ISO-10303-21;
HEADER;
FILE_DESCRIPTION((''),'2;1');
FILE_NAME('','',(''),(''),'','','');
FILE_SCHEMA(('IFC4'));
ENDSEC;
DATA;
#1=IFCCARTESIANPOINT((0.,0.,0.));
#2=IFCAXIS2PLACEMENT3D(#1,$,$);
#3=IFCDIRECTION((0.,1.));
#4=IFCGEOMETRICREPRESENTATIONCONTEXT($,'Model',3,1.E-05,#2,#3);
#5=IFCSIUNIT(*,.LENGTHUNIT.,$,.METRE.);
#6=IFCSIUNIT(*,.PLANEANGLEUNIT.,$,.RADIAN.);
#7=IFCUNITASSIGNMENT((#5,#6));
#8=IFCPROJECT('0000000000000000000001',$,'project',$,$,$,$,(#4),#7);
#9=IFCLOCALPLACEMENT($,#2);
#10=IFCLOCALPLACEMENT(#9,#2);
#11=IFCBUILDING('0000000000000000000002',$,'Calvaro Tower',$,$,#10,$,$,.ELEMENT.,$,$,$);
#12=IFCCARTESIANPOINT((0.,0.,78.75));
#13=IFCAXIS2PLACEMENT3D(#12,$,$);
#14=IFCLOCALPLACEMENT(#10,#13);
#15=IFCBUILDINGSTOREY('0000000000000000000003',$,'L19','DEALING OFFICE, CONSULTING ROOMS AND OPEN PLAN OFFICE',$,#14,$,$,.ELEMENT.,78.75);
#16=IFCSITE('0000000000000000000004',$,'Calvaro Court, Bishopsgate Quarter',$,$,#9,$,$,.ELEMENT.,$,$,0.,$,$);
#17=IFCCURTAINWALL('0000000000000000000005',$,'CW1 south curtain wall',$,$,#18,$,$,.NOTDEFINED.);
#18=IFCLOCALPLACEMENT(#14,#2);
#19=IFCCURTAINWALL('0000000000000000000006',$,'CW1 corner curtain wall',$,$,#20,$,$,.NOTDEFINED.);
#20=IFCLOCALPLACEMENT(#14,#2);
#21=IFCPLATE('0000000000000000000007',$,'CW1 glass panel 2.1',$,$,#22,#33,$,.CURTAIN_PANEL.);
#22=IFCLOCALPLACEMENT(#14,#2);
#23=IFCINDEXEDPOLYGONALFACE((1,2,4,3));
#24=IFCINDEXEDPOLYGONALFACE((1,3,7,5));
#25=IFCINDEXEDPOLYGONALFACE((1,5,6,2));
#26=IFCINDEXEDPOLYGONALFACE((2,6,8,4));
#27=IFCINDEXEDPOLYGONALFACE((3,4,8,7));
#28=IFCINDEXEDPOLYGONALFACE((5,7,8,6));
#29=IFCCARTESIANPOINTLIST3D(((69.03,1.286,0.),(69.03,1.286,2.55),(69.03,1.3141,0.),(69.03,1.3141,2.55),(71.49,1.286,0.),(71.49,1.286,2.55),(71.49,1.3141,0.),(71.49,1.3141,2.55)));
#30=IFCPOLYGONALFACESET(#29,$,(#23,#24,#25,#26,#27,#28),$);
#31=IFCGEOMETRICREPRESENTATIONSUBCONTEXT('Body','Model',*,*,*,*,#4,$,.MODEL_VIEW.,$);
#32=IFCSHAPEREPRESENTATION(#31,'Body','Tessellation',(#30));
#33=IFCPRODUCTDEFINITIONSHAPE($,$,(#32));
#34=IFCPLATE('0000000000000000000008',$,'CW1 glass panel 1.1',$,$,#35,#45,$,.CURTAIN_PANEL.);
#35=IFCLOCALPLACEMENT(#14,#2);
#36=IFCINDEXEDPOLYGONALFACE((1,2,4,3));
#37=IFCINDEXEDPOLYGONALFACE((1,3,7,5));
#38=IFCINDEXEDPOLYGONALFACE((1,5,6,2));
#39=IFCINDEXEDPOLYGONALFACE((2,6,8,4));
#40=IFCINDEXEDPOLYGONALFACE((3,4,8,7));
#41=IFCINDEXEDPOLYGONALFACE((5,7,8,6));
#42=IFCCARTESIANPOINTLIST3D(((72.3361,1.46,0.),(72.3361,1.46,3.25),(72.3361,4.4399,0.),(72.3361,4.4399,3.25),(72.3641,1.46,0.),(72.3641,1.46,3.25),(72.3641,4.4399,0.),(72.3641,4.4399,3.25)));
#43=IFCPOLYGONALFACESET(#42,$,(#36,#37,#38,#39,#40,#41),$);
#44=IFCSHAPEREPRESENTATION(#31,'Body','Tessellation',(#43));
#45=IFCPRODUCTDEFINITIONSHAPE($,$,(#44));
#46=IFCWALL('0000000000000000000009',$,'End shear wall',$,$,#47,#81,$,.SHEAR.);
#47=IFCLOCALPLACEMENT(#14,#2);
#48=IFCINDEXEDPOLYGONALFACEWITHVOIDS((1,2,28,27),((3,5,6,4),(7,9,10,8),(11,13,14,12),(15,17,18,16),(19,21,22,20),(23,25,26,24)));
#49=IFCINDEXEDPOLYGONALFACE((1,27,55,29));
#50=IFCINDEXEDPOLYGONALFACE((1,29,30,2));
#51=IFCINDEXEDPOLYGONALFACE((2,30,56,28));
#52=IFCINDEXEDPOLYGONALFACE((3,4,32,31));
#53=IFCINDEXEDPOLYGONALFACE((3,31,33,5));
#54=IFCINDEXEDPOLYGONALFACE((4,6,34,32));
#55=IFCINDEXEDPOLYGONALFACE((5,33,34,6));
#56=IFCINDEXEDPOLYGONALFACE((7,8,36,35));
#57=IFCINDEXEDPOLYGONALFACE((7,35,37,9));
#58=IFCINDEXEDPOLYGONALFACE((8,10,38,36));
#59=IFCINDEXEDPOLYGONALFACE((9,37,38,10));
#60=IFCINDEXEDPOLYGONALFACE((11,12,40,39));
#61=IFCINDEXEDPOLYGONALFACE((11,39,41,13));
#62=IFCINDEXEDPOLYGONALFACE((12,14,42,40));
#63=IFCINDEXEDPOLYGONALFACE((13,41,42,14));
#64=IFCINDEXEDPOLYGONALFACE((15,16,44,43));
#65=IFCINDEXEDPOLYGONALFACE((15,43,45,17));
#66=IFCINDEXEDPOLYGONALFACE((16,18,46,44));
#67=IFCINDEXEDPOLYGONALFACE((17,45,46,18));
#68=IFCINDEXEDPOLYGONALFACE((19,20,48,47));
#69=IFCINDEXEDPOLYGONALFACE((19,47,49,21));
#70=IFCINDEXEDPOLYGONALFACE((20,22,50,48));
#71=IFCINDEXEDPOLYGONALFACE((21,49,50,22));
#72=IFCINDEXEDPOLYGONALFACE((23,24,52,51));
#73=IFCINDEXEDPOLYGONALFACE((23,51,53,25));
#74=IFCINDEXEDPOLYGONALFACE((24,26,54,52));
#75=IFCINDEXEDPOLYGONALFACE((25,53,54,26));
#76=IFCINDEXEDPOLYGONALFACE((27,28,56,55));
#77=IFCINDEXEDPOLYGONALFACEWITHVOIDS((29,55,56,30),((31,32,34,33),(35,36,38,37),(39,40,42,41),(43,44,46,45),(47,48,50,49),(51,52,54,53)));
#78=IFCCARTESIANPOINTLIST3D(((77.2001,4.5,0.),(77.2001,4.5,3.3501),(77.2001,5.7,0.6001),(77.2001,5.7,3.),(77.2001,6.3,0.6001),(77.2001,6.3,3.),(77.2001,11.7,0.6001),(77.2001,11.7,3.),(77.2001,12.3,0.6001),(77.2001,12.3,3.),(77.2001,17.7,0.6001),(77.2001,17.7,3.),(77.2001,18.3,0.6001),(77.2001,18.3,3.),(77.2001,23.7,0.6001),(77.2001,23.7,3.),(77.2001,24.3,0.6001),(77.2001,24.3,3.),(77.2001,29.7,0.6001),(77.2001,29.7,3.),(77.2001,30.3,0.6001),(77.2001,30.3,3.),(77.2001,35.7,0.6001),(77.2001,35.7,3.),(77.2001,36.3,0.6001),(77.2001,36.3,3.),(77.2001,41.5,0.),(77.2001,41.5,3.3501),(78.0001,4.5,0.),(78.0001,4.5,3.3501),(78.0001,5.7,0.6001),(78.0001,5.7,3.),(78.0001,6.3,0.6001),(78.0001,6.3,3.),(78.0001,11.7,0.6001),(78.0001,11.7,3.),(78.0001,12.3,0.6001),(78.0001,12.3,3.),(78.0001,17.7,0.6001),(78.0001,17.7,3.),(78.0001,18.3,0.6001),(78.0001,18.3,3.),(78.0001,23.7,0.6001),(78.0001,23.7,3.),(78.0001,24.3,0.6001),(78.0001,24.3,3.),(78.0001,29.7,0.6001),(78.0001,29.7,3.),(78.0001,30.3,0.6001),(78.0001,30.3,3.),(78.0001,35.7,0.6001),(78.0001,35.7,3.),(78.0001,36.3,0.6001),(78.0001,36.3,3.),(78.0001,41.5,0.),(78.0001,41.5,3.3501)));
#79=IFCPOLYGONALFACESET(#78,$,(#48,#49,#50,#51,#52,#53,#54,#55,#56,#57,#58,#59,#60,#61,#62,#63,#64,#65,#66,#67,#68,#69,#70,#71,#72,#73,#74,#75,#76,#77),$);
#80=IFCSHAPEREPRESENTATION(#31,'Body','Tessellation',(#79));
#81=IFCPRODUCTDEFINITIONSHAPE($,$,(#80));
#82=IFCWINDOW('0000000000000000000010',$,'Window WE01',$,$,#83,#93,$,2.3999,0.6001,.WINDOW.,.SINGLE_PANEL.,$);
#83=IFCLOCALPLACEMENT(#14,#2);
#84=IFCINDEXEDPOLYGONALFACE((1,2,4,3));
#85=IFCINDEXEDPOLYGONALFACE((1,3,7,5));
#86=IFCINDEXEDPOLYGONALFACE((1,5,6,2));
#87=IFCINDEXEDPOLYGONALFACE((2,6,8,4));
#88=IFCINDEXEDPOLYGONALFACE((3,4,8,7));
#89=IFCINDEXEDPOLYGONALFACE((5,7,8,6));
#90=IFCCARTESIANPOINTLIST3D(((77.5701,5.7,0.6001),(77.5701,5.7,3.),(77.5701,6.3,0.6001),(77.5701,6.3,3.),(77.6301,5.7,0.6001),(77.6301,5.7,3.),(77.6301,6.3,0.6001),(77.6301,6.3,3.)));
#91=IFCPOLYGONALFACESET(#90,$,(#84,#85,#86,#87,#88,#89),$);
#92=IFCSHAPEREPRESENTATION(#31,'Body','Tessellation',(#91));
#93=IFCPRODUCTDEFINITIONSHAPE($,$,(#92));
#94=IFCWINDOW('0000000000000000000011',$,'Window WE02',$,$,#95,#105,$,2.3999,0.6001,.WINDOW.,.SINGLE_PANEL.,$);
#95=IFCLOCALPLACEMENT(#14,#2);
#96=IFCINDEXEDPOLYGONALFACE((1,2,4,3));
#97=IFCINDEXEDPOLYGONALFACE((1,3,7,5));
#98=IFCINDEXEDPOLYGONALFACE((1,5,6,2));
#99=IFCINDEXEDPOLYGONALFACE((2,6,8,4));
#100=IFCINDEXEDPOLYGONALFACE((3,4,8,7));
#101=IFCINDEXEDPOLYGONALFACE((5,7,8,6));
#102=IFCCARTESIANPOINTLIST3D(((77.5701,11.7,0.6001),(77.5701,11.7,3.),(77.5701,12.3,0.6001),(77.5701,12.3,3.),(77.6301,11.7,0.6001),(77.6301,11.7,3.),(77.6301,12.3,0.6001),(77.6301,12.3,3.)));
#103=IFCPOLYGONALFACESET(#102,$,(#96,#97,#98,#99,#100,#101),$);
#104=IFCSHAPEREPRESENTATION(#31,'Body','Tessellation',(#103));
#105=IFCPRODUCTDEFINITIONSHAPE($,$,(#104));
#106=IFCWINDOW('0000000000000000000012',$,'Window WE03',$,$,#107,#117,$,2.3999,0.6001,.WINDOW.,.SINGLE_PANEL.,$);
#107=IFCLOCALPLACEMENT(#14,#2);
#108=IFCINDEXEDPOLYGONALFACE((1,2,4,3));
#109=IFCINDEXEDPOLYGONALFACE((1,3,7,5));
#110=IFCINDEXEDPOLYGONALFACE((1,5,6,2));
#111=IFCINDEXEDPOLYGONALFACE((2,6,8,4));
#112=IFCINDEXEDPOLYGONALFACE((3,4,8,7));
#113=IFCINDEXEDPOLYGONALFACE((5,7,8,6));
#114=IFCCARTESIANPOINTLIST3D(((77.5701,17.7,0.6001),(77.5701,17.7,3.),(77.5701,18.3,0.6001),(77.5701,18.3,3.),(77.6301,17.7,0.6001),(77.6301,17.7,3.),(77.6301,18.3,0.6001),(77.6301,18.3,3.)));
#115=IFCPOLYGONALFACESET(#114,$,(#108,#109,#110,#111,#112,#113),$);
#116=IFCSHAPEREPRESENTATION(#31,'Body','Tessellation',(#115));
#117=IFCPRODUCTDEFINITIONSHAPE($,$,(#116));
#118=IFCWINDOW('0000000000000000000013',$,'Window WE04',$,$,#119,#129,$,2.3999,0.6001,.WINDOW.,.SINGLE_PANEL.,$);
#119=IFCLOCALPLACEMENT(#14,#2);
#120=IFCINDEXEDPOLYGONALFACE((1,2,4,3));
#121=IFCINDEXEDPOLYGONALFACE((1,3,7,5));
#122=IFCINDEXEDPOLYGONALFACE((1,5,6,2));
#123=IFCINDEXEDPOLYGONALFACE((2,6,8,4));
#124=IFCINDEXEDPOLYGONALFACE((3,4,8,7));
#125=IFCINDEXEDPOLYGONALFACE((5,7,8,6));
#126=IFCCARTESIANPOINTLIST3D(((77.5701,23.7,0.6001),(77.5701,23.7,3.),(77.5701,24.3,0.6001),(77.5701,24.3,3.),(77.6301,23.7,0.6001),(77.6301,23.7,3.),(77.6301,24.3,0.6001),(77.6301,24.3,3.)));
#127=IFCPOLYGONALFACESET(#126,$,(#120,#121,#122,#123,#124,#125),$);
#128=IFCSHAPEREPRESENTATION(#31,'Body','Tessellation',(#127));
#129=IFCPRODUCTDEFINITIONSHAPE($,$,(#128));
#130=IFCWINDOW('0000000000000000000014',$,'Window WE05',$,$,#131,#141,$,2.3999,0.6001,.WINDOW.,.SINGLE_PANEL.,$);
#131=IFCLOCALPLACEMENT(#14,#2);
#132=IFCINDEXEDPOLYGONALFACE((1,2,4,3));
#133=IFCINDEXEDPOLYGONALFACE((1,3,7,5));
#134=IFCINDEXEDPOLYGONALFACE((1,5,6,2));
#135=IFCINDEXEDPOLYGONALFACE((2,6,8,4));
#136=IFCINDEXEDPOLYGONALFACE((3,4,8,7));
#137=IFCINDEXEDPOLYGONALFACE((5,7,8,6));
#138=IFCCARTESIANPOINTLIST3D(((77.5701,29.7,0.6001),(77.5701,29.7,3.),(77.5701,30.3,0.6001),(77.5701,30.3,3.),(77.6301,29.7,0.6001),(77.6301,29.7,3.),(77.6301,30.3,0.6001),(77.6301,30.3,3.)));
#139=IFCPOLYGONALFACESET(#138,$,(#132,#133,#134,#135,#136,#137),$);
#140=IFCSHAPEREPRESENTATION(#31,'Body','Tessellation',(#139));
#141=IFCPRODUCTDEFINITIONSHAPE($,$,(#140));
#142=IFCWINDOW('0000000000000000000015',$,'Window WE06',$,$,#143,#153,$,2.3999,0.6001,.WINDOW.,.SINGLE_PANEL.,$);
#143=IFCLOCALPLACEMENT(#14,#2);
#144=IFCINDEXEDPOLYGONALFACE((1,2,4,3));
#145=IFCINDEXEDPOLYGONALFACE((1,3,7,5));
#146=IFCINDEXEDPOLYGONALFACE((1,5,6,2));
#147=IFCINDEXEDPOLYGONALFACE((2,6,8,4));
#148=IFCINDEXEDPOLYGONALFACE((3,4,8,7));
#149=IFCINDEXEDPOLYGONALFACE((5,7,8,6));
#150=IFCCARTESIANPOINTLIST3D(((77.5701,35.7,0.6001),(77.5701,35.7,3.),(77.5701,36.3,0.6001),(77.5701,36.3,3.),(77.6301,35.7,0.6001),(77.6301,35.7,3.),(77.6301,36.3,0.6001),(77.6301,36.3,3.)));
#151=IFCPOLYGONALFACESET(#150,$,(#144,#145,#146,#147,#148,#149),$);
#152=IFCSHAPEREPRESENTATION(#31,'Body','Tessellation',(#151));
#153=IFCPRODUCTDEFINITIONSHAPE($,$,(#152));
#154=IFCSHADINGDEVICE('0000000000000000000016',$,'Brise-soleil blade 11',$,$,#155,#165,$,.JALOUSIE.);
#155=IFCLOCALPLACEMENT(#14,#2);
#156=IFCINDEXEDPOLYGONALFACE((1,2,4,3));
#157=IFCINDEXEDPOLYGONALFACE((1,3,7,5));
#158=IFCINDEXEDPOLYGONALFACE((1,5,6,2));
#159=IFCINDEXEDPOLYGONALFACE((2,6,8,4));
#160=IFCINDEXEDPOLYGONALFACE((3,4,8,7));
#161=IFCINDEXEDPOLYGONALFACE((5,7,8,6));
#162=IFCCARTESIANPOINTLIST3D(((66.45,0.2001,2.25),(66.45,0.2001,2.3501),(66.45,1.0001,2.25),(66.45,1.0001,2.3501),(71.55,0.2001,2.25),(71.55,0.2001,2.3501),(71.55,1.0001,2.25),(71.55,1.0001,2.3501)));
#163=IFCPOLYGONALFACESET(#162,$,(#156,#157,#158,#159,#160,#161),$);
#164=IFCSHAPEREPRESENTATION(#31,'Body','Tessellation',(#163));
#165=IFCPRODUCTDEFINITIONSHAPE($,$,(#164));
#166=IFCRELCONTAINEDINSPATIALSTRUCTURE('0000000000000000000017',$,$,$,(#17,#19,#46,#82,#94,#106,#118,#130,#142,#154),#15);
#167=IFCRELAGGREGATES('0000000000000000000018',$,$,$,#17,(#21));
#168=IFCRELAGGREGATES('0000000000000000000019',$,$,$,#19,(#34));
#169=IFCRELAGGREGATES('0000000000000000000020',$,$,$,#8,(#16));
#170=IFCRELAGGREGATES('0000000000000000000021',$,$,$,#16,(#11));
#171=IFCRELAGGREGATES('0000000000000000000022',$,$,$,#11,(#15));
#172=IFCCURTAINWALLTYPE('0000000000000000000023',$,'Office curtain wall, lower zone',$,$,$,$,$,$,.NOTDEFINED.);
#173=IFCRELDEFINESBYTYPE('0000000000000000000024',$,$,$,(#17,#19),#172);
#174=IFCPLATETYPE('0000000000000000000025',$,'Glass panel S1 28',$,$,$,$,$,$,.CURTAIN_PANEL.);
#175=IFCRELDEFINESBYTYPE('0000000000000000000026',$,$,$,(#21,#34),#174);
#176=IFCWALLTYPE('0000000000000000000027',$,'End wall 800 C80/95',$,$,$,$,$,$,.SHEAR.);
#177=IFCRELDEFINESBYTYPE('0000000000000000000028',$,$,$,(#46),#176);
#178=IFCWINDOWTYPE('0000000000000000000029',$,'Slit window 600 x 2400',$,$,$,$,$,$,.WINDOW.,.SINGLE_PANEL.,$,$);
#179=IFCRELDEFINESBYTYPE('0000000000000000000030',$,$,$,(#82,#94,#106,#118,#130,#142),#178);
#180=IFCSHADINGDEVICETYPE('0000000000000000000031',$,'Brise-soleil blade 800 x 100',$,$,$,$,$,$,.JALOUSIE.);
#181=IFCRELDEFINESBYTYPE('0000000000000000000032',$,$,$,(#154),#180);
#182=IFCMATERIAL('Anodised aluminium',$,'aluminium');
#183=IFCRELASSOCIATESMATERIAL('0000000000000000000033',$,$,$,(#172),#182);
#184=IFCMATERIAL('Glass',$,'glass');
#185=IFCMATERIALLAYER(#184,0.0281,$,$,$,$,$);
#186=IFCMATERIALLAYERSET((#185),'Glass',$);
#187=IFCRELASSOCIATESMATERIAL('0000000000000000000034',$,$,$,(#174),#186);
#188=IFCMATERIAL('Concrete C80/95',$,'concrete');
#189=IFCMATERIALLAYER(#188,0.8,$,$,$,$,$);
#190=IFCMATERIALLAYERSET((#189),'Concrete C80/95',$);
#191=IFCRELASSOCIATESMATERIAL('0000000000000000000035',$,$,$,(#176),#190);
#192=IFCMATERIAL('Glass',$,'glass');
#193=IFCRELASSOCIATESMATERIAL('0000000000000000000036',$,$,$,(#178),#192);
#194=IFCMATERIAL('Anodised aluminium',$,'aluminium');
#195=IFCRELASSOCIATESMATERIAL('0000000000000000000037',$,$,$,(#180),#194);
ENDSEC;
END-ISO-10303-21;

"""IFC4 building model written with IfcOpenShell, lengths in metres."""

from ifc_helpers import new_model, si_unit, direction, frame, frame_2d, origin, origin_2d, place, context, subcontext, project, spatial, rectangle, extrude, material, layer, layer_set, material_profile, profile_set, type_object, element, fill, aggregate, save


model = new_model("IFC4")

# Units and contexts
model_context = context("Model", 3, precision=1e-05, world=origin(), true_north=direction((0.0, 1.0)))
body_context = subcontext(model_context, "Body", "Model", "MODEL_VIEW")
ifc_project = project(units=[si_unit("LENGTHUNIT", "METRE"), si_unit("PLANEANGLEUNIT", "RADIAN")], contexts=[model_context])

# Site, building, storey
site_placement = place(None, origin())
site = spatial("IfcSite", under=ifc_project, at=site_placement, Name="Calvaro Court, Bishopsgate Quarter", CompositionType="ELEMENT", RefElevation=0.0)
building_placement = place(site_placement, origin())
building = spatial("IfcBuilding", under=site, at=building_placement, Name="Calvaro Tower", CompositionType="ELEMENT")
storey_placement = place(building_placement, frame((0.0, 0.0, 78.75)))
storey = spatial("IfcBuildingStorey", under=building, at=storey_placement, Name="L19", Description="DEALING OFFICE, CONSULTING ROOMS AND OPEN PLAN OFFICE", CompositionType="ELEMENT", Elevation=78.75)

# Shared definitions
ifc_material_1 = material(Name="Anodised aluminium", Category="aluminium")
curtain_wall_type = type_object("IfcCurtainWallType", Name="Office curtain wall, lower zone", PredefinedType="NOTDEFINED", material=ifc_material_1)

# Curtain walls
curtain_wall_1_placement = place(storey_placement, origin())
curtain_wall_1 = element("IfcCurtainWall", 1, at=curtain_wall_1_placement, inside=storey, type_object=curtain_wall_type, Name="CW1 south curtain wall", PredefinedType="NOTDEFINED")
curtain_wall_2_placement = place(storey_placement, origin())
curtain_wall_2 = element("IfcCurtainWall", 2, at=curtain_wall_2_placement, inside=storey, type_object=curtain_wall_type, Name="CW1 corner curtain wall", PredefinedType="NOTDEFINED")

# Plates
ifc_material_2 = material(Name="Glass", Category="glass")
ifc_layer_1 = layer(ifc_material_2, 0.0281)
ifc_layer_set_1 = layer_set([ifc_layer_1], Name="Glass")
plate_type = type_object("IfcPlateType", Name="Glass panel S1 28", PredefinedType="CURTAIN_PANEL", material=ifc_layer_set_1)
plate_1_placement = place(storey_placement, frame((70.26, 1.3, 0.0), z_axis=(0.0, 0.0, 1.0), x_axis=(1.0, 0.0, 0.0)))
plate_1 = element("IfcPlate", 3, at=plate_1_placement, type_object=plate_type, Name="CW1 glass panel 2.1", PredefinedType="CURTAIN_PANEL", context=body_context, shape_type="SweptSolid", body=[
    extrude(rectangle(XDim=2.46, YDim=0.0281, at=origin_2d()), origin(), (0.0, 0.0, 1.0), 2.55),
])
aggregate(curtain_wall_1, [plate_1])
plate_2_placement = place(storey_placement, frame((72.3501, 2.95, 0.0), z_axis=(0.0, 0.0, 1.0), x_axis=(0.0, 1.0, 0.0)))
plate_2 = element("IfcPlate", 4, at=plate_2_placement, type_object=plate_type, Name="CW1 glass panel 1.1", PredefinedType="CURTAIN_PANEL", context=body_context, shape_type="SweptSolid", body=[
    extrude(rectangle(XDim=2.98, YDim=0.0281, at=origin_2d()), origin(), (0.0, 0.0, 1.0), 3.25),
])
aggregate(curtain_wall_2, [plate_2])

# Wall, openings, windows
ifc_material_3 = material(Name="Concrete C80/95", Category="concrete")
ifc_layer_2 = layer(ifc_material_3, 0.8)
ifc_layer_set_2 = layer_set([ifc_layer_2], Name="Concrete C80/95")
wall_type = type_object("IfcWallType", Name="End wall 800 C80/95", PredefinedType="SHEAR", material=ifc_layer_set_2)
wall_placement = place(storey_placement, frame((77.6001, 4.5, 0.0), z_axis=(0.0, 0.0, 1.0), x_axis=(0.0, 1.0, 0.0)))
wall = element("IfcWall", 5, at=wall_placement, inside=storey, type_object=wall_type, Name="End shear wall", PredefinedType="SHEAR", context=body_context, shape_type="SweptSolid", body=[
    extrude(rectangle(XDim=37.0, YDim=0.8, at=frame_2d((18.5, 0.0))), origin(), (0.0, 0.0, 1.0), 3.3501),
])
opening_1_placement = place(wall_placement, frame((1.2, 0.0, 0.6001)))
opening_1 = element("IfcOpeningElement", 6, at=opening_1_placement, cuts=wall, PredefinedType="OPENING", context=body_context, shape_type="SweptSolid", body=[
    extrude(rectangle(XDim=0.6001, YDim=2.3999, at=frame_2d((0.3, 1.2))), frame((0.0, 0.4099, 0.0), z_axis=(0.0, -1.0, 0.0), x_axis=(1.0, 0.0, 0.0)), (0.0, 0.0, 1.0), 0.8201),
])
opening_2_placement = place(wall_placement, frame((7.2, 0.0, 0.6001)))
opening_2 = element("IfcOpeningElement", 7, at=opening_2_placement, cuts=wall, PredefinedType="OPENING", context=body_context, shape_type="SweptSolid", body=[
    extrude(rectangle(XDim=0.6001, YDim=2.3999, at=frame_2d((0.3, 1.2))), frame((0.0, 0.4099, 0.0), z_axis=(0.0, -1.0, 0.0), x_axis=(1.0, 0.0, 0.0)), (0.0, 0.0, 1.0), 0.8201),
])
opening_3_placement = place(wall_placement, frame((13.2, 0.0, 0.6001)))
opening_3 = element("IfcOpeningElement", 8, at=opening_3_placement, cuts=wall, PredefinedType="OPENING", context=body_context, shape_type="SweptSolid", body=[
    extrude(rectangle(XDim=0.6001, YDim=2.3999, at=frame_2d((0.3, 1.2))), frame((0.0, 0.4099, 0.0), z_axis=(0.0, -1.0, 0.0), x_axis=(1.0, 0.0, 0.0)), (0.0, 0.0, 1.0), 0.8201),
])
opening_4_placement = place(wall_placement, frame((19.2, 0.0, 0.6001)))
opening_4 = element("IfcOpeningElement", 9, at=opening_4_placement, cuts=wall, PredefinedType="OPENING", context=body_context, shape_type="SweptSolid", body=[
    extrude(rectangle(XDim=0.6001, YDim=2.3999, at=frame_2d((0.3, 1.2))), frame((0.0, 0.4099, 0.0), z_axis=(0.0, -1.0, 0.0), x_axis=(1.0, 0.0, 0.0)), (0.0, 0.0, 1.0), 0.8201),
])
opening_5_placement = place(wall_placement, frame((25.2, 0.0, 0.6001)))
opening_5 = element("IfcOpeningElement", 10, at=opening_5_placement, cuts=wall, PredefinedType="OPENING", context=body_context, shape_type="SweptSolid", body=[
    extrude(rectangle(XDim=0.6001, YDim=2.3999, at=frame_2d((0.3, 1.2))), frame((0.0, 0.4099, 0.0), z_axis=(0.0, -1.0, 0.0), x_axis=(1.0, 0.0, 0.0)), (0.0, 0.0, 1.0), 0.8201),
])
opening_6_placement = place(wall_placement, frame((31.2, 0.0, 0.6001)))
opening_6 = element("IfcOpeningElement", 11, at=opening_6_placement, cuts=wall, PredefinedType="OPENING", context=body_context, shape_type="SweptSolid", body=[
    extrude(rectangle(XDim=0.6001, YDim=2.3999, at=frame_2d((0.3, 1.2))), frame((0.0, 0.4099, 0.0), z_axis=(0.0, -1.0, 0.0), x_axis=(1.0, 0.0, 0.0)), (0.0, 0.0, 1.0), 0.8201),
])
ifc_material_4 = material(Name="Glass", Category="glass")
window_type = type_object("IfcWindowType", Name="Slit window 600 x 2400", PartitioningType="SINGLE_PANEL", PredefinedType="WINDOW", material=ifc_material_4)
window_1_placement = place(opening_1_placement, origin())
window_1 = element("IfcWindow", 12, at=window_1_placement, inside=storey, type_object=window_type, Name="Window WE01", OverallHeight=2.3999, OverallWidth=0.6001, PartitioningType="SINGLE_PANEL", PredefinedType="WINDOW", context=body_context, shape_type="SweptSolid", body=[
    extrude(rectangle(XDim=0.6001, YDim=2.3999, at=frame_2d((0.3, 1.2))), frame((0.0, 0.03, 0.0), z_axis=(0.0, -1.0, 0.0), x_axis=(1.0, 0.0, 0.0)), (0.0, 0.0, 1.0), 0.0601),
])
fill(opening_1, window_1)
window_2_placement = place(opening_2_placement, origin())
window_2 = element("IfcWindow", 13, at=window_2_placement, inside=storey, type_object=window_type, Name="Window WE02", OverallHeight=2.3999, OverallWidth=0.6001, PartitioningType="SINGLE_PANEL", PredefinedType="WINDOW", context=body_context, shape_type="SweptSolid", body=[
    extrude(rectangle(XDim=0.6001, YDim=2.3999, at=frame_2d((0.3, 1.2))), frame((0.0, 0.03, 0.0), z_axis=(0.0, -1.0, 0.0), x_axis=(1.0, 0.0, 0.0)), (0.0, 0.0, 1.0), 0.0601),
])
fill(opening_2, window_2)
window_3_placement = place(opening_3_placement, origin())
window_3 = element("IfcWindow", 14, at=window_3_placement, inside=storey, type_object=window_type, Name="Window WE03", OverallHeight=2.3999, OverallWidth=0.6001, PartitioningType="SINGLE_PANEL", PredefinedType="WINDOW", context=body_context, shape_type="SweptSolid", body=[
    extrude(rectangle(XDim=0.6001, YDim=2.3999, at=frame_2d((0.3, 1.2))), frame((0.0, 0.03, 0.0), z_axis=(0.0, -1.0, 0.0), x_axis=(1.0, 0.0, 0.0)), (0.0, 0.0, 1.0), 0.0601),
])
fill(opening_3, window_3)
window_4_placement = place(opening_4_placement, origin())
window_4 = element("IfcWindow", 15, at=window_4_placement, inside=storey, type_object=window_type, Name="Window WE04", OverallHeight=2.3999, OverallWidth=0.6001, PartitioningType="SINGLE_PANEL", PredefinedType="WINDOW", context=body_context, shape_type="SweptSolid", body=[
    extrude(rectangle(XDim=0.6001, YDim=2.3999, at=frame_2d((0.3, 1.2))), frame((0.0, 0.03, 0.0), z_axis=(0.0, -1.0, 0.0), x_axis=(1.0, 0.0, 0.0)), (0.0, 0.0, 1.0), 0.0601),
])
fill(opening_4, window_4)
window_5_placement = place(opening_5_placement, origin())
window_5 = element("IfcWindow", 16, at=window_5_placement, inside=storey, type_object=window_type, Name="Window WE05", OverallHeight=2.3999, OverallWidth=0.6001, PartitioningType="SINGLE_PANEL", PredefinedType="WINDOW", context=body_context, shape_type="SweptSolid", body=[
    extrude(rectangle(XDim=0.6001, YDim=2.3999, at=frame_2d((0.3, 1.2))), frame((0.0, 0.03, 0.0), z_axis=(0.0, -1.0, 0.0), x_axis=(1.0, 0.0, 0.0)), (0.0, 0.0, 1.0), 0.0601),
])
fill(opening_5, window_5)
window_6_placement = place(opening_6_placement, origin())
window_6 = element("IfcWindow", 17, at=window_6_placement, inside=storey, type_object=window_type, Name="Window WE06", OverallHeight=2.3999, OverallWidth=0.6001, PartitioningType="SINGLE_PANEL", PredefinedType="WINDOW", context=body_context, shape_type="SweptSolid", body=[
    extrude(rectangle(XDim=0.6001, YDim=2.3999, at=frame_2d((0.3, 1.2))), frame((0.0, 0.03, 0.0), z_axis=(0.0, -1.0, 0.0), x_axis=(1.0, 0.0, 0.0)), (0.0, 0.0, 1.0), 0.0601),
])
fill(opening_6, window_6)

# Shading device
ifc_material_5 = material(Name="Anodised aluminium", Category="aluminium")
ifc_material_profile_1 = material_profile(ifc_material_5, rectangle(XDim=0.8, YDim=0.1001, at=origin_2d()), Name="Brise-soleil blade 800 x 100")
ifc_profile_set_1 = profile_set([ifc_material_profile_1], Name="Anodised aluminium")
shading_device_type = type_object("IfcShadingDeviceType", Name="Brise-soleil blade 800 x 100", PredefinedType="JALOUSIE", material=ifc_profile_set_1)
shading_device_placement = place(storey_placement, frame((66.45, 0.6001, 2.3), z_axis=(1.0, 0.0, 0.0), x_axis=(0.0, 1.0, 0.0)))
element("IfcShadingDevice", 18, at=shading_device_placement, inside=storey, type_object=shading_device_type, Name="Brise-soleil blade 11", PredefinedType="JALOUSIE", context=body_context, shape_type="SweptSolid", body=[
    extrude(rectangle(XDim=0.8, YDim=0.1001, at=origin_2d()), origin(), (0.0, 0.0, 1.0), 5.1001),
])

save(model, "model.ifc")
